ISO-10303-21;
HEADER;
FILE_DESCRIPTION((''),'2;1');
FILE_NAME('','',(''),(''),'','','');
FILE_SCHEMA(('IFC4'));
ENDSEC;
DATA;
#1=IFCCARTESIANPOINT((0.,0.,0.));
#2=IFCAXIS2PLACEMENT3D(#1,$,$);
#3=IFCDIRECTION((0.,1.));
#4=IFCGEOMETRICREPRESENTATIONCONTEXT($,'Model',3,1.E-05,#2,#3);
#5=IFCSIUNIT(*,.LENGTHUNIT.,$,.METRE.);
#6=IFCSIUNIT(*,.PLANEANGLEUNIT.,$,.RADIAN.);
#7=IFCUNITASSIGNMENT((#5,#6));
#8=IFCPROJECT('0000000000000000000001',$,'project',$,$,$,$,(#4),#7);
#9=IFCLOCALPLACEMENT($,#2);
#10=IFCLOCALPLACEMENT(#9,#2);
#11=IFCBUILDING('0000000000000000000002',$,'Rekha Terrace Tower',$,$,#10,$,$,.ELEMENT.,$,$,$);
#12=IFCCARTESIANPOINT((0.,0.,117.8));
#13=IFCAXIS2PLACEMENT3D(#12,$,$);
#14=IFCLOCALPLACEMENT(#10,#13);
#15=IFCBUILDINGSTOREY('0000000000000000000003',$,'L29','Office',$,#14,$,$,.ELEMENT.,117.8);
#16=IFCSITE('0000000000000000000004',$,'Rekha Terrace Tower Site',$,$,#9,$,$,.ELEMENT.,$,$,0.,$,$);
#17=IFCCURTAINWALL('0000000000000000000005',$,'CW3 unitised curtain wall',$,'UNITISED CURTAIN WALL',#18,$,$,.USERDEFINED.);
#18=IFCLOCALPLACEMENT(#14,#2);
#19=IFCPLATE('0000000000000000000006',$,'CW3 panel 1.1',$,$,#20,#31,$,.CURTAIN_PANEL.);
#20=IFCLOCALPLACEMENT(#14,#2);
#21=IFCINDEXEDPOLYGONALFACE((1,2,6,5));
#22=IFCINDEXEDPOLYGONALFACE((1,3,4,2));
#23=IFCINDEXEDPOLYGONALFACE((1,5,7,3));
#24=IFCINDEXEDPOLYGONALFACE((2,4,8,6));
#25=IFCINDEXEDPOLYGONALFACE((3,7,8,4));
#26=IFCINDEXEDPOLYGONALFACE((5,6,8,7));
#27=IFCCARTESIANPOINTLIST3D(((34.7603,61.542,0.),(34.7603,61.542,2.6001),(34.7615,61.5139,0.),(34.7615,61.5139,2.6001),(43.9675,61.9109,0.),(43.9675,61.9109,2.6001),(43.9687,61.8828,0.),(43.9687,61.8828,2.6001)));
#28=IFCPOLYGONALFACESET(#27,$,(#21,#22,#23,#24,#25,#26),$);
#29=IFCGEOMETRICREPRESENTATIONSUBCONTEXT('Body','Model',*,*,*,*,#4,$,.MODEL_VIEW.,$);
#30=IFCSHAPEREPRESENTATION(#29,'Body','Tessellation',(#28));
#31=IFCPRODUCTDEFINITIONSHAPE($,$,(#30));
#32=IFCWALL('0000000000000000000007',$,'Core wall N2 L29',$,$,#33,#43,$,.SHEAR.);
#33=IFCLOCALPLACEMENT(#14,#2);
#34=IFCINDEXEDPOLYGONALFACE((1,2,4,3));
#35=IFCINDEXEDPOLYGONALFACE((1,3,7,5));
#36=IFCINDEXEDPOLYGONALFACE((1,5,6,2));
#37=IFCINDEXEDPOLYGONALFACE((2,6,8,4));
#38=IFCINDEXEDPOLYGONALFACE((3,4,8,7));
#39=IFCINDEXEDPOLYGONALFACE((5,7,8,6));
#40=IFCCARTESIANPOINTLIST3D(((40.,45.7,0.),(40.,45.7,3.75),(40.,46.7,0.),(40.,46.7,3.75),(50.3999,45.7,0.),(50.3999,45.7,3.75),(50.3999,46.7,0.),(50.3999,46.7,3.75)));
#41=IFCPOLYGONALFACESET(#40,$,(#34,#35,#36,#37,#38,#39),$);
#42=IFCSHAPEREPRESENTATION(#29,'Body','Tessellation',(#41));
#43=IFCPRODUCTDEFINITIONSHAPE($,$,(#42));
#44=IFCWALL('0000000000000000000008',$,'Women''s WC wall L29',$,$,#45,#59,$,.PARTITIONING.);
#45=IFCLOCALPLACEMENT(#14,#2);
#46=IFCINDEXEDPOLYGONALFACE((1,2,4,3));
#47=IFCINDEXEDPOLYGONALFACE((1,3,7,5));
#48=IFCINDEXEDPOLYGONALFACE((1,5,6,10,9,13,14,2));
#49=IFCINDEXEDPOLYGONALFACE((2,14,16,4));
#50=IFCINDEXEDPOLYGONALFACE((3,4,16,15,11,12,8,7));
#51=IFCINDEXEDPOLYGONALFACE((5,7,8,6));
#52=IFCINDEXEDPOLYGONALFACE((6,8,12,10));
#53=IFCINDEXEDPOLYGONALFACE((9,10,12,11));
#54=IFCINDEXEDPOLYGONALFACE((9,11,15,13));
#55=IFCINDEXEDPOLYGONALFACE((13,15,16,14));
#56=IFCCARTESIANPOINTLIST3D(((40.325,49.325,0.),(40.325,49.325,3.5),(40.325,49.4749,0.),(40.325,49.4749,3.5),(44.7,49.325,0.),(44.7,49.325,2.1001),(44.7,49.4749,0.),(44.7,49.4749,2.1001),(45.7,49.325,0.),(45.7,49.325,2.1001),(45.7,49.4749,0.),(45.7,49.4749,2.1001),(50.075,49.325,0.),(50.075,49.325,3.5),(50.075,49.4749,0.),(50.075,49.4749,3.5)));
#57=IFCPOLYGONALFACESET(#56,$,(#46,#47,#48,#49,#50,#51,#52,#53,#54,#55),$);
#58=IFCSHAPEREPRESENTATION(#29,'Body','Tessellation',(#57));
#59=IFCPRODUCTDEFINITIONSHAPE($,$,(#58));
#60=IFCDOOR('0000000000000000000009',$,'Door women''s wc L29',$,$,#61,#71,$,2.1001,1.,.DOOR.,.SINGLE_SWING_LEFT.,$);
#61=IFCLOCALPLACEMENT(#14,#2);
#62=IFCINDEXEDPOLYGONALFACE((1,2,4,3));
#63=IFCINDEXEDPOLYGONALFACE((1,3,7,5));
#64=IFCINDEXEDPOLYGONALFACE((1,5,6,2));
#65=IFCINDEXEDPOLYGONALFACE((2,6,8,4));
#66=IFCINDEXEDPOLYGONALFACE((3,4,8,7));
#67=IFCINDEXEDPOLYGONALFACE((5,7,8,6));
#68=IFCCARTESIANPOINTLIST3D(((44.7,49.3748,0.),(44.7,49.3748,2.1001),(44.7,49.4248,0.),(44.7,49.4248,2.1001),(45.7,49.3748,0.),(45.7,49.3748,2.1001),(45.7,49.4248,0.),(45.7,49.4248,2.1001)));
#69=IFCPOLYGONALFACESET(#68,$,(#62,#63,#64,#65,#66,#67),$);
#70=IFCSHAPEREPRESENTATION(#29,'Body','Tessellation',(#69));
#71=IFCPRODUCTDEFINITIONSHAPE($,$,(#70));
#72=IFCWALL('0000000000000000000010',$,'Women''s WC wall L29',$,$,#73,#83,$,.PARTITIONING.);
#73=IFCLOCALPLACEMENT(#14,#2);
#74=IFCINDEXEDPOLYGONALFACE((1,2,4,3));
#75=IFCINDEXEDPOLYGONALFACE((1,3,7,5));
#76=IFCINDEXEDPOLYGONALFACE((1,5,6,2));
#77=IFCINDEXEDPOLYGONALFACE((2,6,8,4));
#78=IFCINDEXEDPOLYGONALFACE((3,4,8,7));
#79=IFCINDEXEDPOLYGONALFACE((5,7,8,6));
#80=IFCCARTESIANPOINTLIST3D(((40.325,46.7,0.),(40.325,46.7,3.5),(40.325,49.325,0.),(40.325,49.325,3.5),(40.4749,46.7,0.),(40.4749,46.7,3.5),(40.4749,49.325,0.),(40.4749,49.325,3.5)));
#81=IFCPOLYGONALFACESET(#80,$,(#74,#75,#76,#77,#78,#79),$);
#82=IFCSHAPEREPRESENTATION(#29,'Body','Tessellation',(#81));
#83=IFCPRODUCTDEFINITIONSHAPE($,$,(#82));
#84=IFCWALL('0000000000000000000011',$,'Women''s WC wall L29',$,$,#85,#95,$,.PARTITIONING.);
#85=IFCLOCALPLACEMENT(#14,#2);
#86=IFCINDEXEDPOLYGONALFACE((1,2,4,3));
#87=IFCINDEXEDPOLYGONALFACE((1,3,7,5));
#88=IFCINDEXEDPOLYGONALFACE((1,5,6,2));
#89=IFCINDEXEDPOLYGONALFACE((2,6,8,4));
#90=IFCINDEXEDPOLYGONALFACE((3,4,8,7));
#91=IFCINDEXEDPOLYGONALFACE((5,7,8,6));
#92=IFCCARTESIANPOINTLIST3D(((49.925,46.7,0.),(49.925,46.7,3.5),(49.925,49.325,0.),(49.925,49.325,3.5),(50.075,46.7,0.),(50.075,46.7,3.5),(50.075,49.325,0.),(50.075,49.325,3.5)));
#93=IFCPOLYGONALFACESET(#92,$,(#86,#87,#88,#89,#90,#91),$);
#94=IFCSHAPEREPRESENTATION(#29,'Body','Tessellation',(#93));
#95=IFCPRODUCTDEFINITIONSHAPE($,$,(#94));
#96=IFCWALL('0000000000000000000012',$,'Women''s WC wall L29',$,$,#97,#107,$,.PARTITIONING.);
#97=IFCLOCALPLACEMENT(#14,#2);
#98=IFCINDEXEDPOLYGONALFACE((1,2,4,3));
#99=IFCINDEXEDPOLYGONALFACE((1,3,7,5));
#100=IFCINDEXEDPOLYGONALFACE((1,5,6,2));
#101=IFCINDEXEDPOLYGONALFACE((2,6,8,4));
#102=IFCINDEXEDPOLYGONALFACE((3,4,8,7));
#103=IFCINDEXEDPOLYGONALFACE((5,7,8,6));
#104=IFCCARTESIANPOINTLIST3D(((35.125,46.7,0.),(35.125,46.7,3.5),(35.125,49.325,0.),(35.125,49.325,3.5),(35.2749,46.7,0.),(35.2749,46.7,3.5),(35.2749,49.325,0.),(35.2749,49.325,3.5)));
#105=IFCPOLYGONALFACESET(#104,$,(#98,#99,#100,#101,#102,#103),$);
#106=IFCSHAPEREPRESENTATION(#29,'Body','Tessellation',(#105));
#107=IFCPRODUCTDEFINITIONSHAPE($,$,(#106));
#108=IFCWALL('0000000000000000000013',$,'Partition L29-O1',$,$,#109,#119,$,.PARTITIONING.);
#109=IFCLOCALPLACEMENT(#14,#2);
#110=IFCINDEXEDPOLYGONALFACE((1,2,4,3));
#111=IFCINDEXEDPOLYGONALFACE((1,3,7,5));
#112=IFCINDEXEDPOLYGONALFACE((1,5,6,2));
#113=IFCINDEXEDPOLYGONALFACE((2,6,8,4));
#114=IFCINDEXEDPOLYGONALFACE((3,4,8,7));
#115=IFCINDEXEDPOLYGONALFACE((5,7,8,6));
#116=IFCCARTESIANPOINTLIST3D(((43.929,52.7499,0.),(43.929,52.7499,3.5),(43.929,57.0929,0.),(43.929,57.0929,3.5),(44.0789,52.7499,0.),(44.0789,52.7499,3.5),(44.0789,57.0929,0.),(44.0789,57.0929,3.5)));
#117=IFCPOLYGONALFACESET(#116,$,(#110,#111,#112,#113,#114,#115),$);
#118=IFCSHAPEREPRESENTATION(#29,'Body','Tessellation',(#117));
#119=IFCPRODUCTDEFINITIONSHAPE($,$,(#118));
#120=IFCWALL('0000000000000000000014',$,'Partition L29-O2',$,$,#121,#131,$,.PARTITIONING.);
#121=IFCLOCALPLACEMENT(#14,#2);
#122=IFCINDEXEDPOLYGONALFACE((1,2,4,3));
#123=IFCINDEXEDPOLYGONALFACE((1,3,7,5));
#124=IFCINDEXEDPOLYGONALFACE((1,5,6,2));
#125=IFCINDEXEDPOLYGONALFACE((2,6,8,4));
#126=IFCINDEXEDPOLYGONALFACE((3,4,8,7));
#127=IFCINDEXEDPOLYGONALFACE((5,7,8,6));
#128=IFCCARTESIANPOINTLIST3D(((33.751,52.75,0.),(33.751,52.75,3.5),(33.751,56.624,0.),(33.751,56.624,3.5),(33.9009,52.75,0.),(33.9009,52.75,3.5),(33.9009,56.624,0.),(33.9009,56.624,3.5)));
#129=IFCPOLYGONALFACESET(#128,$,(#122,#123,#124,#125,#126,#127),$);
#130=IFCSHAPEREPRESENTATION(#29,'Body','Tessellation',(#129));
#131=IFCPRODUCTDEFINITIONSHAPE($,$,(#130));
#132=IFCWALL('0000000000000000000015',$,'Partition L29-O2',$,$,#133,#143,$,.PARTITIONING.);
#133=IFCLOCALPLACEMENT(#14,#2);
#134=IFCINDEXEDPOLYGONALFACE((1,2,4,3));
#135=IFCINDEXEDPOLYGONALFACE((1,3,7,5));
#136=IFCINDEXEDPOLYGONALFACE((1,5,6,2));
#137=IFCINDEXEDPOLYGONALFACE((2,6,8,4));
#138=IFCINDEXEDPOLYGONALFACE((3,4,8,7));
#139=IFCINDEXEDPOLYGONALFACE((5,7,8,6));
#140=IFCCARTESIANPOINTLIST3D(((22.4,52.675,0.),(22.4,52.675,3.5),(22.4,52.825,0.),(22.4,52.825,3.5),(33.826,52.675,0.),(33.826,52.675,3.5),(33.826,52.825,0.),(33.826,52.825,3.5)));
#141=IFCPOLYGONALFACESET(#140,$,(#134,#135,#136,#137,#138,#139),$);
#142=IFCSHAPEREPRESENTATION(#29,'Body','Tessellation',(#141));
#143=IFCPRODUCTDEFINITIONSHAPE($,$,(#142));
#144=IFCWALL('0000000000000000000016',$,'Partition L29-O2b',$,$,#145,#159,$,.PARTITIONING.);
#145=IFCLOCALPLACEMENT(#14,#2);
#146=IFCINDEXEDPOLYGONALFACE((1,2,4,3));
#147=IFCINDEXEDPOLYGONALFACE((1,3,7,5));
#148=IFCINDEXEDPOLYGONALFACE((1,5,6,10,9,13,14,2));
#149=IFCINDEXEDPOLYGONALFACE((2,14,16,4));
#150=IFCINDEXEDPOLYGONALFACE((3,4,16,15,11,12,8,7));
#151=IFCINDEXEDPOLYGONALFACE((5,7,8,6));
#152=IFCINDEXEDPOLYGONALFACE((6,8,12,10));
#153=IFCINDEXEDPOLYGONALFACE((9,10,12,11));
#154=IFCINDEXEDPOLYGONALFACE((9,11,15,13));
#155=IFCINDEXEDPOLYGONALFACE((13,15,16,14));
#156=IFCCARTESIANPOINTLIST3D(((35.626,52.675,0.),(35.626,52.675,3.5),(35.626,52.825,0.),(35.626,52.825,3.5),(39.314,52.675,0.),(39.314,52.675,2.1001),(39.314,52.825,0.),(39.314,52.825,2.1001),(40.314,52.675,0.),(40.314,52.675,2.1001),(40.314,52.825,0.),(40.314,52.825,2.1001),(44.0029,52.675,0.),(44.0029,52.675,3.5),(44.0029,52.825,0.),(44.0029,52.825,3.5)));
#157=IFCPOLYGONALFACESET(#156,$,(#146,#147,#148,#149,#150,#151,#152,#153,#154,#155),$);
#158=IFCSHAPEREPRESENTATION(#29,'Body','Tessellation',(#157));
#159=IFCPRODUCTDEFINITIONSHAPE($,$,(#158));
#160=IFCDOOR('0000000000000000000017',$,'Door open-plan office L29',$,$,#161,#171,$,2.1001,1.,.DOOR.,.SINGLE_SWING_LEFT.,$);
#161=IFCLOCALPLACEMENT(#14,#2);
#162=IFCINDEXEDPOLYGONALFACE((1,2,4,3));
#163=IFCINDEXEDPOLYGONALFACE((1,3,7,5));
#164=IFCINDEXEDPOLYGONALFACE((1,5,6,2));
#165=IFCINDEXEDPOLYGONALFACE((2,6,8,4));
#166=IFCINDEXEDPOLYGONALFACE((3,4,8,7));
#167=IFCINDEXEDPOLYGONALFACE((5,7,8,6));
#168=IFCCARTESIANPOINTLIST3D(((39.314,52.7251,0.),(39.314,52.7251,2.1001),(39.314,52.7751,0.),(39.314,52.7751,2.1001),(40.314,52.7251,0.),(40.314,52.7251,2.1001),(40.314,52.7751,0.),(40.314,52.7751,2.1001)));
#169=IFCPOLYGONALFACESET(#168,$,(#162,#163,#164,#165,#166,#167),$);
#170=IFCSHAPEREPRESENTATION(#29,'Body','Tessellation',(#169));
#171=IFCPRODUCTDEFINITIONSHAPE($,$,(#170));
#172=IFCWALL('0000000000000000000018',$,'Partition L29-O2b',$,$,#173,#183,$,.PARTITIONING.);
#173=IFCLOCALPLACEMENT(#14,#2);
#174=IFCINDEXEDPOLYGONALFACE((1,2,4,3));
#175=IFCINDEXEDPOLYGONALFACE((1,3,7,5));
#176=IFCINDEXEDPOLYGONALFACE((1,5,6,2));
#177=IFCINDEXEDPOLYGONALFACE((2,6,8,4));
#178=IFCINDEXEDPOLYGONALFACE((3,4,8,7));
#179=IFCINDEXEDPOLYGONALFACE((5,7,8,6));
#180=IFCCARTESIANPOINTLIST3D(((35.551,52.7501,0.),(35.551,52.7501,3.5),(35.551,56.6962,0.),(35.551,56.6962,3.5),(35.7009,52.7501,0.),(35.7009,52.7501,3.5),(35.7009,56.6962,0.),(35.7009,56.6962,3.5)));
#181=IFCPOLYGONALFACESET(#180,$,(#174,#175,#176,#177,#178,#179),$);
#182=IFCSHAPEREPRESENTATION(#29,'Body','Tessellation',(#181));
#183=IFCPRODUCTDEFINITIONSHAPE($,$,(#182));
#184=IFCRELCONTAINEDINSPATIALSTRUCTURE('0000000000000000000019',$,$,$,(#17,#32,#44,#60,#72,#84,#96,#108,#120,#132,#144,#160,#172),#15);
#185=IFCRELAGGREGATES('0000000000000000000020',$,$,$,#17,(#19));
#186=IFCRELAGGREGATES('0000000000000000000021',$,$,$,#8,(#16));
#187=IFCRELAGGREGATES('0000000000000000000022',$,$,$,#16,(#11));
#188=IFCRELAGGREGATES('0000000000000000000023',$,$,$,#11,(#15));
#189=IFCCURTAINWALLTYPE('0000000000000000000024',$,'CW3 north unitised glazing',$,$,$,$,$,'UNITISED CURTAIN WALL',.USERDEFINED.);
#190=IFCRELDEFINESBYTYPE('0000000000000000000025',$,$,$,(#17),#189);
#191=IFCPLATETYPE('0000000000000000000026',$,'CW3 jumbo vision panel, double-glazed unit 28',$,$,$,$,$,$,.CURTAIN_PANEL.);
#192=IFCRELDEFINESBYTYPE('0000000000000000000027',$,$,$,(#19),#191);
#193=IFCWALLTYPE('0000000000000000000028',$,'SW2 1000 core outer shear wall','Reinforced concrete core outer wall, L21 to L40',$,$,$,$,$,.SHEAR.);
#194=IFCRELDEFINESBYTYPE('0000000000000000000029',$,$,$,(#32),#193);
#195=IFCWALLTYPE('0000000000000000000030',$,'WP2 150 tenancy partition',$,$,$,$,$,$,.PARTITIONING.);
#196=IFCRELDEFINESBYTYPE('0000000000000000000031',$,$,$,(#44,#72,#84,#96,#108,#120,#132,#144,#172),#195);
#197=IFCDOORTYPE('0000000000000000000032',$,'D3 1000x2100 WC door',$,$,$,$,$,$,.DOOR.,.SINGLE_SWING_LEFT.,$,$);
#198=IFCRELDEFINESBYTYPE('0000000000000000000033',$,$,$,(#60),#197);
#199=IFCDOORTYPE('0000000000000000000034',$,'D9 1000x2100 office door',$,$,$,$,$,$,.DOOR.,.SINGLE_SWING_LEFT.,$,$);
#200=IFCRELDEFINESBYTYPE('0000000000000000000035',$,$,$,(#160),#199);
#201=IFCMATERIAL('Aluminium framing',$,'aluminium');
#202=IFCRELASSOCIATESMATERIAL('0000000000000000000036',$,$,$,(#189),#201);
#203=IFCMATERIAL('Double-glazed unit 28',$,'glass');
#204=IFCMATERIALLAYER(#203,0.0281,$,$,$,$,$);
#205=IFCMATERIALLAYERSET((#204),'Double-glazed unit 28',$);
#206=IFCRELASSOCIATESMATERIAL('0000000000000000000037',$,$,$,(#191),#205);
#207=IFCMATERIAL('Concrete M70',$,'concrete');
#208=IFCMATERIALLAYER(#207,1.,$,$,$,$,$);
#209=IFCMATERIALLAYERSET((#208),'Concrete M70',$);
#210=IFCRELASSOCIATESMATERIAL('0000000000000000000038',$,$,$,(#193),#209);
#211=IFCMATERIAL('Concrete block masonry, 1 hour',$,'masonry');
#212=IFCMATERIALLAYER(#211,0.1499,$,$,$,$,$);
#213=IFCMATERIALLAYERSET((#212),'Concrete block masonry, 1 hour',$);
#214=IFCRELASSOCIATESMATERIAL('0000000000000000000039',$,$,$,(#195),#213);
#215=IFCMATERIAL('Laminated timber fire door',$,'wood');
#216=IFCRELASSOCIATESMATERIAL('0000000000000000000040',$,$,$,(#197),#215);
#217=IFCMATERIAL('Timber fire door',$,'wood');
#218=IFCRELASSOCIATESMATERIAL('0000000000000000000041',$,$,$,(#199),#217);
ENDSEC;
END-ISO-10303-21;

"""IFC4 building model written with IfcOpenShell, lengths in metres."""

from ifc_helpers import new_model, si_unit, direction, frame, frame_2d, origin, origin_2d, place, context, subcontext, project, spatial, rectangle, extrude, material, layer, layer_set, type_object, element, fill, aggregate, save


model = new_model("IFC4")

# Units and contexts
model_context = context("Model", 3, precision=1e-05, world=origin(), true_north=direction((0.0, 1.0)))
body_context = subcontext(model_context, "Body", "Model", "MODEL_VIEW")
ifc_project = project(units=[si_unit("LENGTHUNIT", "METRE"), si_unit("PLANEANGLEUNIT", "RADIAN")], contexts=[model_context])

# Site, building, storey
site_placement = place(None, origin())
site = spatial("IfcSite", under=ifc_project, at=site_placement, Name="Rekha Terrace Tower Site", CompositionType="ELEMENT", RefElevation=0.0)
building_placement = place(site_placement, origin())
building = spatial("IfcBuilding", under=site, at=building_placement, Name="Rekha Terrace Tower", CompositionType="ELEMENT")
storey_placement = place(building_placement, frame((0.0, 0.0, 117.8)))
storey = spatial("IfcBuildingStorey", under=building, at=storey_placement, Name="L29", Description="Office", CompositionType="ELEMENT", Elevation=117.8)

# Shared definitions
ifc_material_1 = material(Name="Concrete M70", Category="concrete")

# Curtain wall
ifc_material_2 = material(Name="Aluminium framing", Category="aluminium")
curtain_wall_type = type_object("IfcCurtainWallType", Name="CW3 north unitised glazing", ElementType="UNITISED CURTAIN WALL", PredefinedType="USERDEFINED", material=ifc_material_2)
curtain_wall_1_placement = place(storey_placement, origin())
curtain_wall_1 = element("IfcCurtainWall", 1, at=curtain_wall_1_placement, inside=storey, type_object=curtain_wall_type, Name="CW3 unitised curtain wall", ObjectType="UNITISED CURTAIN WALL", PredefinedType="USERDEFINED")

# Shared definitions
ifc_material_3 = material(Name="Double-glazed unit 28", Category="glass")
ifc_layer_1 = layer(ifc_material_3, 0.0281)
ifc_layer_set_1 = layer_set([ifc_layer_1], Name="Double-glazed unit 28")
plate_type = type_object("IfcPlateType", Name="CW3 jumbo vision panel, double-glazed unit 28", PredefinedType="CURTAIN_PANEL", material=ifc_layer_set_1)

# Plate
plate_1_placement = place(storey_placement, frame((39.3645, 61.7124, 0.0), z_axis=(0.0, 0.0, 1.0), x_axis=(-0.999198, -0.040032, 0.0)))
plate_1 = element("IfcPlate", 2, at=plate_1_placement, type_object=plate_type, Name="CW3 panel 1.1", PredefinedType="CURTAIN_PANEL", context=body_context, shape_type="SweptSolid", body=[
    extrude(rectangle(XDim=9.2146, YDim=0.0281, at=origin_2d()), origin(), (0.0, 0.0, 1.0), 2.6001),
])
aggregate(curtain_wall_1, [plate_1])

# Wall
ifc_layer_2 = layer(ifc_material_1, 1.0)
ifc_layer_set_2 = layer_set([ifc_layer_2], Name="Concrete M70")
wall_type_1 = type_object("IfcWallType", Name="SW2 1000 core outer shear wall", Description="Reinforced concrete core outer wall, L21 to L40", PredefinedType="SHEAR", material=ifc_layer_set_2)
wall_1_placement = place(storey_placement, frame((40.0, 46.2, 0.0), z_axis=(0.0, 0.0, 1.0), x_axis=(1.0, 0.0, 0.0)))
element("IfcWall", 3, at=wall_1_placement, inside=storey, type_object=wall_type_1, Name="Core wall N2 L29", PredefinedType="SHEAR", context=body_context, shape_type="SweptSolid", body=[
    extrude(rectangle(XDim=10.3999, YDim=1.0, at=frame_2d((5.2, 0.0))), origin(), (0.0, 0.0, 1.0), 3.75),
])

# Wall, opening, door
ifc_material_4 = material(Name="Concrete block masonry, 1 hour", Category="masonry")
ifc_layer_3 = layer(ifc_material_4, 0.1499)
ifc_layer_set_3 = layer_set([ifc_layer_3], Name="Concrete block masonry, 1 hour")
wall_type_2 = type_object("IfcWallType", Name="WP2 150 tenancy partition", PredefinedType="PARTITIONING", material=ifc_layer_set_3)
wall_2_placement = place(storey_placement, frame((40.325, 49.3999, 0.0), z_axis=(0.0, 0.0, 1.0), x_axis=(1.0, 0.0, 0.0)))
wall_2 = element("IfcWall", 4, at=wall_2_placement, inside=storey, type_object=wall_type_2, Name="Women's WC wall L29", PredefinedType="PARTITIONING", context=body_context, shape_type="SweptSolid", body=[
    extrude(rectangle(XDim=9.75, YDim=0.1499, at=frame_2d((4.875, 0.0))), origin(), (0.0, 0.0, 1.0), 3.5),
])
opening_1_placement = place(wall_2_placement, frame((4.375, 0.0, 0.0)))
opening_1 = element("IfcOpeningElement", 5, at=opening_1_placement, cuts=wall_2, PredefinedType="OPENING", context=body_context, shape_type="SweptSolid", body=[
    extrude(rectangle(XDim=1.0, YDim=2.1001, at=frame_2d((0.5, 1.05))), frame((0.0, 0.085, 0.0), z_axis=(0.0, -1.0, 0.0), x_axis=(1.0, 0.0, 0.0)), (0.0, 0.0, 1.0), 0.1699),
])
ifc_material_5 = material(Name="Laminated timber fire door", Category="wood")
door_type_1 = type_object("IfcDoorType", Name="D3 1000x2100 WC door", OperationType="SINGLE_SWING_LEFT", PredefinedType="DOOR", material=ifc_material_5)
door_1_placement = place(opening_1_placement, origin())
door_1 = element("IfcDoor", 6, at=door_1_placement, inside=storey, type_object=door_type_1, Name="Door women's wc L29", OperationType="SINGLE_SWING_LEFT", OverallHeight=2.1001, OverallWidth=1.0, PredefinedType="DOOR", context=body_context, shape_type="SweptSolid", body=[
    extrude(rectangle(XDim=1.0, YDim=2.1001, at=frame_2d((0.5, 1.05))), frame((0.0, 0.0249, 0.0), z_axis=(0.0, -1.0, 0.0), x_axis=(1.0, 0.0, 0.0)), (0.0, 0.0, 1.0), 0.05),
])
fill(opening_1, door_1)

# Walls
for number, where, z_axis, x_axis, name in (
    (7, (40.3999, 46.7, 0.0), (0.0, 0.0, 1.0), (0.0, 1.0, 0.0), "Women's WC wall L29"),
    (8, (50.0, 46.7, 0.0), (0.0, 0.0, 1.0), (0.0, 1.0, 0.0), "Women's WC wall L29"),
    (9, (35.2, 46.7, 0.0), (0.0, 0.0, 1.0), (0.0, 1.0, 0.0), "Women's WC wall L29"),
):
    element("IfcWall", number, at=place(storey_placement, frame(where, z_axis=z_axis, x_axis=x_axis)), inside=storey, type_object=wall_type_2, Name=name, PredefinedType="PARTITIONING", context=body_context, shape_type="SweptSolid", body=[
        extrude(rectangle(XDim=2.625, YDim=0.1499, at=frame_2d((1.3125, 0.0))), origin(), (0.0, 0.0, 1.0), 3.5),
    ])
wall_3_placement = place(storey_placement, frame((44.0039, 52.75, 0.0), z_axis=(0.0, 0.0, 1.0), x_axis=(0.0, 1.0, 0.0)))
element("IfcWall", 10, at=wall_3_placement, inside=storey, type_object=wall_type_2, Name="Partition L29-O1", PredefinedType="PARTITIONING", context=body_context, shape_type="SweptSolid", body=[
    extrude(rectangle(XDim=4.343, YDim=0.1499, at=frame_2d((2.1714, 0.0))), origin(), (0.0, 0.0, 1.0), 3.5),
])
wall_4_placement = place(storey_placement, frame((33.8259, 56.624, 0.0), z_axis=(0.0, 0.0, 1.0), x_axis=(0.0, -1.0, 0.0)))
element("IfcWall", 11, at=wall_4_placement, inside=storey, type_object=wall_type_2, Name="Partition L29-O2", PredefinedType="PARTITIONING", context=body_context, shape_type="SweptSolid", body=[
    extrude(rectangle(XDim=3.874, YDim=0.1499, at=frame_2d((1.937, 0.0))), origin(), (0.0, 0.0, 1.0), 3.5),
])
wall_5_placement = place(storey_placement, frame((33.8259, 52.75, 0.0), z_axis=(0.0, 0.0, 1.0), x_axis=(-1.0, 0.0, 0.0)))
element("IfcWall", 12, at=wall_5_placement, inside=storey, type_object=wall_type_2, Name="Partition L29-O2", PredefinedType="PARTITIONING", context=body_context, shape_type="SweptSolid", body=[
    extrude(rectangle(XDim=11.426, YDim=0.1499, at=frame_2d((5.7129, 0.0))), origin(), (0.0, 0.0, 1.0), 3.5),
])

# Wall, opening, door
wall_6_placement = place(storey_placement, frame((44.0029, 52.75, 0.0), z_axis=(0.0, 0.0, 1.0), x_axis=(-1.0, 0.0, 0.0)))
wall_6 = element("IfcWall", 13, at=wall_6_placement, inside=storey, type_object=wall_type_2, Name="Partition L29-O2b", PredefinedType="PARTITIONING", context=body_context, shape_type="SweptSolid", body=[
    extrude(rectangle(XDim=8.377, YDim=0.1499, at=frame_2d((4.1885, 0.0))), origin(), (0.0, 0.0, 1.0), 3.5),
])
opening_2_placement = place(wall_6_placement, frame((3.689, 0.0, 0.0)))
opening_2 = element("IfcOpeningElement", 14, at=opening_2_placement, cuts=wall_6, PredefinedType="OPENING", context=body_context, shape_type="SweptSolid", body=[
    extrude(rectangle(XDim=1.0, YDim=2.1001, at=frame_2d((0.5, 1.05))), frame((0.0, 0.085, 0.0), z_axis=(0.0, -1.0, 0.0), x_axis=(1.0, 0.0, 0.0)), (0.0, 0.0, 1.0), 0.1699),
])
ifc_material_6 = material(Name="Timber fire door", Category="wood")
door_type_2 = type_object("IfcDoorType", Name="D9 1000x2100 office door", OperationType="SINGLE_SWING_LEFT", PredefinedType="DOOR", material=ifc_material_6)
door_2_placement = place(opening_2_placement, origin())
door_2 = element("IfcDoor", 15, at=door_2_placement, inside=storey, type_object=door_type_2, Name="Door open-plan office L29", OperationType="SINGLE_SWING_LEFT", OverallHeight=2.1001, OverallWidth=1.0, PredefinedType="DOOR", context=body_context, shape_type="SweptSolid", body=[
    extrude(rectangle(XDim=1.0, YDim=2.1001, at=frame_2d((0.5, 1.05))), frame((0.0, 0.0249, 0.0), z_axis=(0.0, -1.0, 0.0), x_axis=(1.0, 0.0, 0.0)), (0.0, 0.0, 1.0), 0.05),
])
fill(opening_2, door_2)

# Wall
wall_7_placement = place(storey_placement, frame((35.626, 52.75, 0.0), z_axis=(0.0, 0.0, 1.0), x_axis=(0.0, 1.0, 0.0)))
element("IfcWall", 16, at=wall_7_placement, inside=storey, type_object=wall_type_2, Name="Partition L29-O2b", PredefinedType="PARTITIONING", context=body_context, shape_type="SweptSolid", body=[
    extrude(rectangle(XDim=3.946, YDim=0.1499, at=frame_2d((1.9731, 0.0))), origin(), (0.0, 0.0, 1.0), 3.5),
])

save(model, "model.ifc")
